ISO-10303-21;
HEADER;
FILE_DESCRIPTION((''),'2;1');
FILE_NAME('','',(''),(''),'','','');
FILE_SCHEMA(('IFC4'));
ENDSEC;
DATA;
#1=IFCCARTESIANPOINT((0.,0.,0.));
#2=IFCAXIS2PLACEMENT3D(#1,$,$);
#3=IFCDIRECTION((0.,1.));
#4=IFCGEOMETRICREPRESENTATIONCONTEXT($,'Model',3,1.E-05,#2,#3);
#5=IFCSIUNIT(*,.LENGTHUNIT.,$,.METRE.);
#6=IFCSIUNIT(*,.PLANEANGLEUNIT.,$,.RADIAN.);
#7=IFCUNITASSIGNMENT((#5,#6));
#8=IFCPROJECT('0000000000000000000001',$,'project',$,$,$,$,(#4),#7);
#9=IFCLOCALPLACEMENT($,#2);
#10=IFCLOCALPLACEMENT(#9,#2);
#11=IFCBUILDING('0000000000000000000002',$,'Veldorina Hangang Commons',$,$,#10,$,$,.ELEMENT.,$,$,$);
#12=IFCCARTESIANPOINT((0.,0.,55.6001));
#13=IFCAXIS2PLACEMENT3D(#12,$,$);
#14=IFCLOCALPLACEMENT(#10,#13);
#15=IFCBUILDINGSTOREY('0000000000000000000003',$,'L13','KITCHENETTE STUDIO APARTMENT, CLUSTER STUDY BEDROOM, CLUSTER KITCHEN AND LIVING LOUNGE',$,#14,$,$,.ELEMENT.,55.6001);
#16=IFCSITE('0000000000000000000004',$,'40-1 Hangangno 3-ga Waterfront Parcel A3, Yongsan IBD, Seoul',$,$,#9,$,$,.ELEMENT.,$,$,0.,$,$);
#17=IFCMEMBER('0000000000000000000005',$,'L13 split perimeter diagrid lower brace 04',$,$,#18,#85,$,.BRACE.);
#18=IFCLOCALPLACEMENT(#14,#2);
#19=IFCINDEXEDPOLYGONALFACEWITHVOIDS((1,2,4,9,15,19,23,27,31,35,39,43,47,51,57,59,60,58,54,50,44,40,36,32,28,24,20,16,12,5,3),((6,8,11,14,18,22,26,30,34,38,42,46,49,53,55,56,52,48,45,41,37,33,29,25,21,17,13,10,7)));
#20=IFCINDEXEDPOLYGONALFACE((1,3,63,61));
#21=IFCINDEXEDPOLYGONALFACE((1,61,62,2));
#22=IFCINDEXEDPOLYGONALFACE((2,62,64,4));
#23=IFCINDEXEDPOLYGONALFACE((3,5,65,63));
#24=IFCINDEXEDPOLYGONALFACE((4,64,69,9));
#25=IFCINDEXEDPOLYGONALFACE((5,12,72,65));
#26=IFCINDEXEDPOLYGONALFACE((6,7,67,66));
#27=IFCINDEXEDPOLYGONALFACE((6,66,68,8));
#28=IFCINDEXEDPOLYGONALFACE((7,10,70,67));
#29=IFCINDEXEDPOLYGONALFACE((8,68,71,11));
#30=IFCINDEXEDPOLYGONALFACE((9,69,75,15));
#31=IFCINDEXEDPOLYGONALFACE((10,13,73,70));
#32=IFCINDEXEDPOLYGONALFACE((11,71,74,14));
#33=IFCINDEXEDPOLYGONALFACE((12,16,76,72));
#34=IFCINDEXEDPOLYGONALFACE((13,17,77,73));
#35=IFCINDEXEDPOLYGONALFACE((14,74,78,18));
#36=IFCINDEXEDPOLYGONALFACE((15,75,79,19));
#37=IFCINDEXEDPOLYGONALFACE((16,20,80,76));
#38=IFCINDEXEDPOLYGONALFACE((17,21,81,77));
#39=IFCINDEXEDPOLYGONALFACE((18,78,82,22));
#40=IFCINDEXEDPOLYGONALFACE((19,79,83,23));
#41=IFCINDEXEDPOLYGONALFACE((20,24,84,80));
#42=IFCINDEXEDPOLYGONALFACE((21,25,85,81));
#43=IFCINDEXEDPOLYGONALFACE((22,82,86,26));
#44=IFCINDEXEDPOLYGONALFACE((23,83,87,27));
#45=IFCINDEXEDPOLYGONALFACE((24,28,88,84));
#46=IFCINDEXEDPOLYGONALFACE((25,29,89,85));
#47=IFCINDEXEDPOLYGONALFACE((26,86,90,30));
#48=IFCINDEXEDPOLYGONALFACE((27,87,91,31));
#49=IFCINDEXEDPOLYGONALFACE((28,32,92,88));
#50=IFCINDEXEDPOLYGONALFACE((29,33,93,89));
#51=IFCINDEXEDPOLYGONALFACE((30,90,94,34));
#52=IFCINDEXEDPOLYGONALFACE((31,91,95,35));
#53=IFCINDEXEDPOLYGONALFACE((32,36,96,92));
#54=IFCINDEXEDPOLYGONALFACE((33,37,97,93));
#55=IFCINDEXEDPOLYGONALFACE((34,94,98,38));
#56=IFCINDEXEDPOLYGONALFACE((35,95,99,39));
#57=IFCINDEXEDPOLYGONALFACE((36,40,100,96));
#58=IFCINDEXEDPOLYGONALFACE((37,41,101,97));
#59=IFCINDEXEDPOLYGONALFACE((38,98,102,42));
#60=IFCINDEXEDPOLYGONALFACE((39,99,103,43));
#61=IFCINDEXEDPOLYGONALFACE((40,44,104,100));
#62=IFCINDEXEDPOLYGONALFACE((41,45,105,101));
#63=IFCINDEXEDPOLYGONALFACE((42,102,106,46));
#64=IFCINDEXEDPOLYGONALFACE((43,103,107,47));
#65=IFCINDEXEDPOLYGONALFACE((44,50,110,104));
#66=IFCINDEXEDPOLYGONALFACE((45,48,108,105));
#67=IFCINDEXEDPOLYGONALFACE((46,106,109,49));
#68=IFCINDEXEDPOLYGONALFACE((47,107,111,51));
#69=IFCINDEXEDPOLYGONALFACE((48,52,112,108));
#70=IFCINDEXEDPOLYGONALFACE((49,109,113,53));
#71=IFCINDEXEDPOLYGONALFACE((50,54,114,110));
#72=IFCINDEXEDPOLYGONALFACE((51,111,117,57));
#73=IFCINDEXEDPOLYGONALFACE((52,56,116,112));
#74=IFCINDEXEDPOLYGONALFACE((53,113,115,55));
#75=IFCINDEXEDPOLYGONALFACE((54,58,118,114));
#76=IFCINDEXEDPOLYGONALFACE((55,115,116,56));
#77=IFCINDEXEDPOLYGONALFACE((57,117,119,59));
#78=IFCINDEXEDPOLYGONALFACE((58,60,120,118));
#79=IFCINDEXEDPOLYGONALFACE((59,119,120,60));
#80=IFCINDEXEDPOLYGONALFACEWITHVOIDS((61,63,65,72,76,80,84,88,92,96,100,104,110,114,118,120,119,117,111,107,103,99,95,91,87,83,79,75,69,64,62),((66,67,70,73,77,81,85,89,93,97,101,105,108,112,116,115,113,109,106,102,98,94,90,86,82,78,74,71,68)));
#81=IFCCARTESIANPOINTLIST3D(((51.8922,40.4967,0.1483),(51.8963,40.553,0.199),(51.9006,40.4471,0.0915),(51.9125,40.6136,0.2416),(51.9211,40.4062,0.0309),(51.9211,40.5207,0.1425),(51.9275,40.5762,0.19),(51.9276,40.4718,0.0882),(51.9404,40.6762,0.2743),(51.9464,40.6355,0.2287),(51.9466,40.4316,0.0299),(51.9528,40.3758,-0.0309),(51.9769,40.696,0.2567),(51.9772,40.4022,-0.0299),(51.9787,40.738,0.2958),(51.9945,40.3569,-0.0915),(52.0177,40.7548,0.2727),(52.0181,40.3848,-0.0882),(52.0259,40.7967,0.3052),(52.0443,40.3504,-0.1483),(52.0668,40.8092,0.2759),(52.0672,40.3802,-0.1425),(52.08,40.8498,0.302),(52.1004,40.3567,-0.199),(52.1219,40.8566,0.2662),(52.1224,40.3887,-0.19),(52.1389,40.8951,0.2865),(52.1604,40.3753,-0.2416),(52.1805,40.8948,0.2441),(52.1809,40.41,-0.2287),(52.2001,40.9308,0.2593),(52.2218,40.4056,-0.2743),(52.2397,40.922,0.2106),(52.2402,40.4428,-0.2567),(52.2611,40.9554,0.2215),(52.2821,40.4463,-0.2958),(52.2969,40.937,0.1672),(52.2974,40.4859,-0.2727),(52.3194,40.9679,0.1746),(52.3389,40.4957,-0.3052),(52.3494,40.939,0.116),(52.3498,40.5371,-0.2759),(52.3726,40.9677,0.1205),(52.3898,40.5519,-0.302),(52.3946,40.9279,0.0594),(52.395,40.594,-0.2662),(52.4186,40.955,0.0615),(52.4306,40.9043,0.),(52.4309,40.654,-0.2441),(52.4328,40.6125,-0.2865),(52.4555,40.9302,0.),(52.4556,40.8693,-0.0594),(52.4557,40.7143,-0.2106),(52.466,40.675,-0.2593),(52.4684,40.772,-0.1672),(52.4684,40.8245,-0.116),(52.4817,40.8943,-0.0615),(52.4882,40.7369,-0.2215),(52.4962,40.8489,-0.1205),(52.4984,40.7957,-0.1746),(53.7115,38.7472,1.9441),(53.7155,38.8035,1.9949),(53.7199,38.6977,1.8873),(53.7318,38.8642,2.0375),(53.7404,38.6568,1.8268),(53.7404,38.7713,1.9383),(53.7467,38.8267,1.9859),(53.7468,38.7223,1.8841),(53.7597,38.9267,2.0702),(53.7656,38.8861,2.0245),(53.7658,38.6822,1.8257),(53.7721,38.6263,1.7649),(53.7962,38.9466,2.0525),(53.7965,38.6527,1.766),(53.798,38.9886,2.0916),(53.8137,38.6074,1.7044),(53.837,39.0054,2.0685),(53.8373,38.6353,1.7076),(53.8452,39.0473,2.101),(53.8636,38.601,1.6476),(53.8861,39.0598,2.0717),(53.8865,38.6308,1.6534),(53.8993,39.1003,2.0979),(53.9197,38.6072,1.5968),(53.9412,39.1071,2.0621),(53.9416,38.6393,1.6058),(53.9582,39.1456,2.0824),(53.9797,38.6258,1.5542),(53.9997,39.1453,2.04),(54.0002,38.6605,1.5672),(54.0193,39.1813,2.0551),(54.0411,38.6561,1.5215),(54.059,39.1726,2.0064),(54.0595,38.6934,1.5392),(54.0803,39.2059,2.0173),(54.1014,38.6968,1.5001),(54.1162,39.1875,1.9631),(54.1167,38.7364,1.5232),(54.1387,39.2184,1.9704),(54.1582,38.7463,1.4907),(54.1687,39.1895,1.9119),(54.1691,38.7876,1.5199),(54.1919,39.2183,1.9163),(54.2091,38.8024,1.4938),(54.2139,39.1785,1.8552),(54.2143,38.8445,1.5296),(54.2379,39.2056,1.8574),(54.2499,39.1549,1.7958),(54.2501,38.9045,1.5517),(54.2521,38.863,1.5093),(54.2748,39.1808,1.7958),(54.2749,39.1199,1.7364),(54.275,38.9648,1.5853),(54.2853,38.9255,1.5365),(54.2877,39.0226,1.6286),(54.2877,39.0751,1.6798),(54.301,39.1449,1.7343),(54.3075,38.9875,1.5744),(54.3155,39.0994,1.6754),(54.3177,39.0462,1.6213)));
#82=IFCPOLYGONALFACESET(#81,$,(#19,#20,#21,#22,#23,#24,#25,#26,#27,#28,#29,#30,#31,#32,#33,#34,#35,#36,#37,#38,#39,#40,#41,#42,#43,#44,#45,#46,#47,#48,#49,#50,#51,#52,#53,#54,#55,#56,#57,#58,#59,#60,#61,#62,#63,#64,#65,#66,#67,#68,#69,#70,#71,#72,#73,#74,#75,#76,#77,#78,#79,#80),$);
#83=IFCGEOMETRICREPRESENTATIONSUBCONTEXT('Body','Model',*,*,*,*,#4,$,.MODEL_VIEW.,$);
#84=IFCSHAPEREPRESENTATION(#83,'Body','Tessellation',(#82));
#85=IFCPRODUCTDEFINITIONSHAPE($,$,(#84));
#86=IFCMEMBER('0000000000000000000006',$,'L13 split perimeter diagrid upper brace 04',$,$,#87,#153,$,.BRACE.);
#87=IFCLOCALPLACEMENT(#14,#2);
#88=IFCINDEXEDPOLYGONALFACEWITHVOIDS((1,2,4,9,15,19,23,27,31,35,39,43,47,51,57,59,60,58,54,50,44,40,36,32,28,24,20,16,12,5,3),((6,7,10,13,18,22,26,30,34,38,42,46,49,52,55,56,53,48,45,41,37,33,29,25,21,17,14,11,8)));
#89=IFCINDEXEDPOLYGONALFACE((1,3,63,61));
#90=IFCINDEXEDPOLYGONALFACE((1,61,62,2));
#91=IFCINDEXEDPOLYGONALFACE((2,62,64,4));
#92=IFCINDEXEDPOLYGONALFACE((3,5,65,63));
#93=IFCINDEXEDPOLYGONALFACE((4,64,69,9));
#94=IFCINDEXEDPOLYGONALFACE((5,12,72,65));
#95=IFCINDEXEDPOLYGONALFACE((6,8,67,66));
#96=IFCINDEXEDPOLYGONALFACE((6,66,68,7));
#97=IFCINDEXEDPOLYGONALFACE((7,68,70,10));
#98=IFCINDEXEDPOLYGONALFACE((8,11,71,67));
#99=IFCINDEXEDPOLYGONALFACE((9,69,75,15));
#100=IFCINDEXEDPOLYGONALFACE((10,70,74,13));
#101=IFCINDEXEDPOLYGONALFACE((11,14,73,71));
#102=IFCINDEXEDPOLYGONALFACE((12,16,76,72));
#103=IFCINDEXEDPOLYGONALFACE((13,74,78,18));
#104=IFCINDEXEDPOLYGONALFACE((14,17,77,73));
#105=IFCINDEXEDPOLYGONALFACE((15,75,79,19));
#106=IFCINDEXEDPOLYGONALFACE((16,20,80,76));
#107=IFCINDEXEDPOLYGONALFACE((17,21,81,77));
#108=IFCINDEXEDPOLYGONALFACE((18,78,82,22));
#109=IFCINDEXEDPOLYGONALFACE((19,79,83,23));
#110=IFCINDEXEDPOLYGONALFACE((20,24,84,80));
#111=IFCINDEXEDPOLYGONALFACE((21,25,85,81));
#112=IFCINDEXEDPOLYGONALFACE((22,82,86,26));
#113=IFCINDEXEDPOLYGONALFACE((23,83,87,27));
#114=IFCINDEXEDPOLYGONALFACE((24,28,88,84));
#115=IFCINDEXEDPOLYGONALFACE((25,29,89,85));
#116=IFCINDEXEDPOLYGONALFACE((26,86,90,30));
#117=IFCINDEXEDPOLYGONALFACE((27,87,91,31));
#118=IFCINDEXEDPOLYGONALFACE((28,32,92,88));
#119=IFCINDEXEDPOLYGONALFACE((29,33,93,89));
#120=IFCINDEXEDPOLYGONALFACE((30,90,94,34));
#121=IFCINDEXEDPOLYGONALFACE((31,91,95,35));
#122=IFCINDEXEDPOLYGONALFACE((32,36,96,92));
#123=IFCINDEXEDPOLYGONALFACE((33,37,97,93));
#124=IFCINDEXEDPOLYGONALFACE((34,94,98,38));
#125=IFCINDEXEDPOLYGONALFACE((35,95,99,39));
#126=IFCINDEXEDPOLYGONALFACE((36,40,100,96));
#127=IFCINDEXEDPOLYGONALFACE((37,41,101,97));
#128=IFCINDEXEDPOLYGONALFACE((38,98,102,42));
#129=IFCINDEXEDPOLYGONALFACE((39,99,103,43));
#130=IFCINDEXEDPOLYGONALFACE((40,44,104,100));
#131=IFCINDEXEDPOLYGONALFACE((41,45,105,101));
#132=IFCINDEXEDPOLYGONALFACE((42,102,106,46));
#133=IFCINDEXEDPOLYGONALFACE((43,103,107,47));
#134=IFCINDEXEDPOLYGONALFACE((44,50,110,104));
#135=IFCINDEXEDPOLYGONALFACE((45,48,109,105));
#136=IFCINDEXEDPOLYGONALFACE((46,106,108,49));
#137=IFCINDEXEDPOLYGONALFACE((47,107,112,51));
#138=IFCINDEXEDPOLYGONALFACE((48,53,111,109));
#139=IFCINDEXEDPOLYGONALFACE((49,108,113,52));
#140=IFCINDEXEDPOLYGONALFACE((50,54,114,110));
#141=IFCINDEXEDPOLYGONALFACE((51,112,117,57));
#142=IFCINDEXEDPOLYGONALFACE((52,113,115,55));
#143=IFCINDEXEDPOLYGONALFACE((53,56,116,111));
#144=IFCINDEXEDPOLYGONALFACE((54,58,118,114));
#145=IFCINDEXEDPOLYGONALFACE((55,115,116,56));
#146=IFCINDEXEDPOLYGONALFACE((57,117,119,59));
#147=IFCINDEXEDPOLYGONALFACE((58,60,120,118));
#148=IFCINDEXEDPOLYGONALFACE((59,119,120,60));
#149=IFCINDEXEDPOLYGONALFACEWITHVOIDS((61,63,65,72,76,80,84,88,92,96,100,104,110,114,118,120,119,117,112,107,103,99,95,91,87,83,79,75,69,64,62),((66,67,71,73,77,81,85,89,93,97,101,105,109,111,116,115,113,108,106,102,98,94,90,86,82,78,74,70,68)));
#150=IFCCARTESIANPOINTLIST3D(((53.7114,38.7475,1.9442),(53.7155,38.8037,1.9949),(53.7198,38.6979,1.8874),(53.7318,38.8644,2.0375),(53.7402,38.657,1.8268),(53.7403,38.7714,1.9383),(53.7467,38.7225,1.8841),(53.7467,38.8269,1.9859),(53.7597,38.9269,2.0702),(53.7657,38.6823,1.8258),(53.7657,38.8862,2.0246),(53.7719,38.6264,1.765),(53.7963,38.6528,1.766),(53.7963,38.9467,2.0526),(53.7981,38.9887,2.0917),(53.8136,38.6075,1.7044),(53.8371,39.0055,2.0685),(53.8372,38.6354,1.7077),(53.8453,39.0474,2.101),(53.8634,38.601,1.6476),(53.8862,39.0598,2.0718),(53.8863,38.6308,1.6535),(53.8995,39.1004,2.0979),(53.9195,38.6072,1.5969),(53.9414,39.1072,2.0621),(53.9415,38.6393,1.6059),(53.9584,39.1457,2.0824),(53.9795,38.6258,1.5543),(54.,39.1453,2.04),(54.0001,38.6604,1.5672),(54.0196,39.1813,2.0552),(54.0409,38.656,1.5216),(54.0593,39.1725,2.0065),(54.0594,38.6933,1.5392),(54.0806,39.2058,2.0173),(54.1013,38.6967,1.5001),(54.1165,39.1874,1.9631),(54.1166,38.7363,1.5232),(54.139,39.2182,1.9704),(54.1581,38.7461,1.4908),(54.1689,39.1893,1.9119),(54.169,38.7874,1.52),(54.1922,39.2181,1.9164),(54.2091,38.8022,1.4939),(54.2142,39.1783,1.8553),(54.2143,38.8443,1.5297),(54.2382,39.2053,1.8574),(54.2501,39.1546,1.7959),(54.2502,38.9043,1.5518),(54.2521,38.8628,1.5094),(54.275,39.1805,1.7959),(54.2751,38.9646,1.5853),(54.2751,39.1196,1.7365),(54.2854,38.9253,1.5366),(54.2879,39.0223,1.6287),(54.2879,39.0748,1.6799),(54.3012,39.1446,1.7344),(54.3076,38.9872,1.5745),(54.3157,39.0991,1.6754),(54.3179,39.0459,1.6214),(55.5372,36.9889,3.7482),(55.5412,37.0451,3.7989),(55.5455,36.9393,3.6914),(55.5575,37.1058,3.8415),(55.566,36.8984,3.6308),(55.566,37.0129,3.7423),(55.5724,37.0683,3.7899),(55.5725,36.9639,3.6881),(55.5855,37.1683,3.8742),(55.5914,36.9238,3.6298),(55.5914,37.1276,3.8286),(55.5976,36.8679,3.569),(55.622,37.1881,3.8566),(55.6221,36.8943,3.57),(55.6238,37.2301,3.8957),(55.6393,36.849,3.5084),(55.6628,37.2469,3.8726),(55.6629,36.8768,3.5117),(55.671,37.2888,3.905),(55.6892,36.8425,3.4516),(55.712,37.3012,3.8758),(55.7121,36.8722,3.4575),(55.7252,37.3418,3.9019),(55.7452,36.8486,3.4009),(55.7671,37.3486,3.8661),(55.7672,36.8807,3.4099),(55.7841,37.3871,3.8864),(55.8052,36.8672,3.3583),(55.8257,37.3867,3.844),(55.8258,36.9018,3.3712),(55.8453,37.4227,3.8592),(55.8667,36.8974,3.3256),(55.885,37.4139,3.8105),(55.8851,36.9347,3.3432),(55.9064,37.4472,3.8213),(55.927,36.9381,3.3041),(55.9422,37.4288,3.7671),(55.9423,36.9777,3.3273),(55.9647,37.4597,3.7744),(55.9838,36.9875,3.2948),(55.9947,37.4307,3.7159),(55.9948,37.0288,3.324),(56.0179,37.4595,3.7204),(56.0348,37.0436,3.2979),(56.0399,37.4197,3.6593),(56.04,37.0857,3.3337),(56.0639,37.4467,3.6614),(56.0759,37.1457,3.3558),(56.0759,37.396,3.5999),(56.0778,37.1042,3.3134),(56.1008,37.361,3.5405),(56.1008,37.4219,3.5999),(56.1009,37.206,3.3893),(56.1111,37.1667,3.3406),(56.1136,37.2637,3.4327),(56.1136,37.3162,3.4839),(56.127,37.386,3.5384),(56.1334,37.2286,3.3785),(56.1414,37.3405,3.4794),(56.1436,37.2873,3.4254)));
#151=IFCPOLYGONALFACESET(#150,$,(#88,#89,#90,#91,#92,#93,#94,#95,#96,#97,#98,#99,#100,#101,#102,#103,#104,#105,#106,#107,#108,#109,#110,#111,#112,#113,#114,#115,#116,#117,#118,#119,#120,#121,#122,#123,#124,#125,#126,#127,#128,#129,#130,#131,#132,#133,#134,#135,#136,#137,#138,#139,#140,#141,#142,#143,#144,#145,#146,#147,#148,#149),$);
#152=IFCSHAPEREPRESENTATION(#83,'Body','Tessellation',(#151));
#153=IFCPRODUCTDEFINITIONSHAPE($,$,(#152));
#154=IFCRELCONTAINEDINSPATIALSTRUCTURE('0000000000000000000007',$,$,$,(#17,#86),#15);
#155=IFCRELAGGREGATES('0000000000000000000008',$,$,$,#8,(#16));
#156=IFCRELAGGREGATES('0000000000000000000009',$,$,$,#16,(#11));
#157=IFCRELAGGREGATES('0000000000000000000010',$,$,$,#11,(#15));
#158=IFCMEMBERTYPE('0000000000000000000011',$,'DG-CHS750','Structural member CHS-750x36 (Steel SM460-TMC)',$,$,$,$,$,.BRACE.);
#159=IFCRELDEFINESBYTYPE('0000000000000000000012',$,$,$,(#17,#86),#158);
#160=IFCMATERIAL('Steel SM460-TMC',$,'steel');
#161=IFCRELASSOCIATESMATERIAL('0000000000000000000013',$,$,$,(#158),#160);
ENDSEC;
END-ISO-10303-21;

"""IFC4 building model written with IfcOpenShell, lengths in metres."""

from ifc_helpers import new_model, si_unit, direction, frame, origin, origin_2d, place, context, subcontext, project, spatial, hollow_circle, extrude, material, material_profile, profile_set, type_object, element, save


model = new_model("IFC4")

# Units and contexts
model_context = context("Model", 3, precision=1e-05, world=origin(), true_north=direction((0.0, 1.0)))
body_context = subcontext(model_context, "Body", "Model", "MODEL_VIEW")
ifc_project = project(units=[si_unit("LENGTHUNIT", "METRE"), si_unit("PLANEANGLEUNIT", "RADIAN")], contexts=[model_context])

# Site, building, storey
site_placement = place(None, origin())
site = spatial("IfcSite", under=ifc_project, at=site_placement, Name="40-1 Hangangno 3-ga Waterfront Parcel A3, Yongsan IBD, Seoul", CompositionType="ELEMENT", RefElevation=0.0)
building_placement = place(site_placement, origin())
building = spatial("IfcBuilding", under=site, at=building_placement, Name="Veldorina Hangang Commons", CompositionType="ELEMENT")
storey_placement = place(building_placement, frame((0.0, 0.0, 55.6001)))
storey = spatial("IfcBuildingStorey", under=building, at=storey_placement, Name="L13", Description="KITCHENETTE STUDIO APARTMENT, CLUSTER STUDY BEDROOM, CLUSTER KITCHEN AND LIVING LOUNGE", CompositionType="ELEMENT", Elevation=55.6001)

# Shared definitions
ifc_material_1 = material(Name="Steel SM460-TMC", Category="steel")

# Members
ifc_material_profile_1 = material_profile(ifc_material_1, hollow_circle(Radius=0.375, WallThickness=0.0359, at=origin_2d()), Name="CHS-750x36")
ifc_profile_set_1 = profile_set([ifc_material_profile_1], Name="Steel SM460-TMC")
member_type = type_object("IfcMemberType", Name="DG-CHS750", Description="Structural member CHS-750x36 (Steel SM460-TMC)", PredefinedType="BRACE", material=ifc_profile_set_1)
member_1_placement = place(storey_placement, frame((52.1956, 40.6599, 0.0), z_axis=(0.58731, -0.564769, 0.579744), x_axis=(0.69314, 0.720803, 0.0)))
element("IfcMember", 1, at=member_1_placement, inside=storey, type_object=member_type, Name="L13 split perimeter diagrid lower brace 04", PredefinedType="BRACE", context=body_context, shape_type="SweptSolid", body=[
    extrude(hollow_circle(Radius=0.375, WallThickness=0.0359, at=origin_2d()), origin(), (0.0, 0.0, 1.0), 3.0977),
])
member_2_placement = place(storey_placement, frame((54.0149, 38.9104, 1.7959), z_axis=(0.586801, -0.565222, 0.579817), x_axis=(0.69374, 0.720226, 0.0)))
element("IfcMember", 2, at=member_2_placement, inside=storey, type_object=member_type, Name="L13 split perimeter diagrid upper brace 04", PredefinedType="BRACE", context=body_context, shape_type="SweptSolid", body=[
    extrude(hollow_circle(Radius=0.375, WallThickness=0.0359, at=origin_2d()), origin(), (0.0, 0.0, 1.0), 3.1113),
])

save(model, "model.ifc")
